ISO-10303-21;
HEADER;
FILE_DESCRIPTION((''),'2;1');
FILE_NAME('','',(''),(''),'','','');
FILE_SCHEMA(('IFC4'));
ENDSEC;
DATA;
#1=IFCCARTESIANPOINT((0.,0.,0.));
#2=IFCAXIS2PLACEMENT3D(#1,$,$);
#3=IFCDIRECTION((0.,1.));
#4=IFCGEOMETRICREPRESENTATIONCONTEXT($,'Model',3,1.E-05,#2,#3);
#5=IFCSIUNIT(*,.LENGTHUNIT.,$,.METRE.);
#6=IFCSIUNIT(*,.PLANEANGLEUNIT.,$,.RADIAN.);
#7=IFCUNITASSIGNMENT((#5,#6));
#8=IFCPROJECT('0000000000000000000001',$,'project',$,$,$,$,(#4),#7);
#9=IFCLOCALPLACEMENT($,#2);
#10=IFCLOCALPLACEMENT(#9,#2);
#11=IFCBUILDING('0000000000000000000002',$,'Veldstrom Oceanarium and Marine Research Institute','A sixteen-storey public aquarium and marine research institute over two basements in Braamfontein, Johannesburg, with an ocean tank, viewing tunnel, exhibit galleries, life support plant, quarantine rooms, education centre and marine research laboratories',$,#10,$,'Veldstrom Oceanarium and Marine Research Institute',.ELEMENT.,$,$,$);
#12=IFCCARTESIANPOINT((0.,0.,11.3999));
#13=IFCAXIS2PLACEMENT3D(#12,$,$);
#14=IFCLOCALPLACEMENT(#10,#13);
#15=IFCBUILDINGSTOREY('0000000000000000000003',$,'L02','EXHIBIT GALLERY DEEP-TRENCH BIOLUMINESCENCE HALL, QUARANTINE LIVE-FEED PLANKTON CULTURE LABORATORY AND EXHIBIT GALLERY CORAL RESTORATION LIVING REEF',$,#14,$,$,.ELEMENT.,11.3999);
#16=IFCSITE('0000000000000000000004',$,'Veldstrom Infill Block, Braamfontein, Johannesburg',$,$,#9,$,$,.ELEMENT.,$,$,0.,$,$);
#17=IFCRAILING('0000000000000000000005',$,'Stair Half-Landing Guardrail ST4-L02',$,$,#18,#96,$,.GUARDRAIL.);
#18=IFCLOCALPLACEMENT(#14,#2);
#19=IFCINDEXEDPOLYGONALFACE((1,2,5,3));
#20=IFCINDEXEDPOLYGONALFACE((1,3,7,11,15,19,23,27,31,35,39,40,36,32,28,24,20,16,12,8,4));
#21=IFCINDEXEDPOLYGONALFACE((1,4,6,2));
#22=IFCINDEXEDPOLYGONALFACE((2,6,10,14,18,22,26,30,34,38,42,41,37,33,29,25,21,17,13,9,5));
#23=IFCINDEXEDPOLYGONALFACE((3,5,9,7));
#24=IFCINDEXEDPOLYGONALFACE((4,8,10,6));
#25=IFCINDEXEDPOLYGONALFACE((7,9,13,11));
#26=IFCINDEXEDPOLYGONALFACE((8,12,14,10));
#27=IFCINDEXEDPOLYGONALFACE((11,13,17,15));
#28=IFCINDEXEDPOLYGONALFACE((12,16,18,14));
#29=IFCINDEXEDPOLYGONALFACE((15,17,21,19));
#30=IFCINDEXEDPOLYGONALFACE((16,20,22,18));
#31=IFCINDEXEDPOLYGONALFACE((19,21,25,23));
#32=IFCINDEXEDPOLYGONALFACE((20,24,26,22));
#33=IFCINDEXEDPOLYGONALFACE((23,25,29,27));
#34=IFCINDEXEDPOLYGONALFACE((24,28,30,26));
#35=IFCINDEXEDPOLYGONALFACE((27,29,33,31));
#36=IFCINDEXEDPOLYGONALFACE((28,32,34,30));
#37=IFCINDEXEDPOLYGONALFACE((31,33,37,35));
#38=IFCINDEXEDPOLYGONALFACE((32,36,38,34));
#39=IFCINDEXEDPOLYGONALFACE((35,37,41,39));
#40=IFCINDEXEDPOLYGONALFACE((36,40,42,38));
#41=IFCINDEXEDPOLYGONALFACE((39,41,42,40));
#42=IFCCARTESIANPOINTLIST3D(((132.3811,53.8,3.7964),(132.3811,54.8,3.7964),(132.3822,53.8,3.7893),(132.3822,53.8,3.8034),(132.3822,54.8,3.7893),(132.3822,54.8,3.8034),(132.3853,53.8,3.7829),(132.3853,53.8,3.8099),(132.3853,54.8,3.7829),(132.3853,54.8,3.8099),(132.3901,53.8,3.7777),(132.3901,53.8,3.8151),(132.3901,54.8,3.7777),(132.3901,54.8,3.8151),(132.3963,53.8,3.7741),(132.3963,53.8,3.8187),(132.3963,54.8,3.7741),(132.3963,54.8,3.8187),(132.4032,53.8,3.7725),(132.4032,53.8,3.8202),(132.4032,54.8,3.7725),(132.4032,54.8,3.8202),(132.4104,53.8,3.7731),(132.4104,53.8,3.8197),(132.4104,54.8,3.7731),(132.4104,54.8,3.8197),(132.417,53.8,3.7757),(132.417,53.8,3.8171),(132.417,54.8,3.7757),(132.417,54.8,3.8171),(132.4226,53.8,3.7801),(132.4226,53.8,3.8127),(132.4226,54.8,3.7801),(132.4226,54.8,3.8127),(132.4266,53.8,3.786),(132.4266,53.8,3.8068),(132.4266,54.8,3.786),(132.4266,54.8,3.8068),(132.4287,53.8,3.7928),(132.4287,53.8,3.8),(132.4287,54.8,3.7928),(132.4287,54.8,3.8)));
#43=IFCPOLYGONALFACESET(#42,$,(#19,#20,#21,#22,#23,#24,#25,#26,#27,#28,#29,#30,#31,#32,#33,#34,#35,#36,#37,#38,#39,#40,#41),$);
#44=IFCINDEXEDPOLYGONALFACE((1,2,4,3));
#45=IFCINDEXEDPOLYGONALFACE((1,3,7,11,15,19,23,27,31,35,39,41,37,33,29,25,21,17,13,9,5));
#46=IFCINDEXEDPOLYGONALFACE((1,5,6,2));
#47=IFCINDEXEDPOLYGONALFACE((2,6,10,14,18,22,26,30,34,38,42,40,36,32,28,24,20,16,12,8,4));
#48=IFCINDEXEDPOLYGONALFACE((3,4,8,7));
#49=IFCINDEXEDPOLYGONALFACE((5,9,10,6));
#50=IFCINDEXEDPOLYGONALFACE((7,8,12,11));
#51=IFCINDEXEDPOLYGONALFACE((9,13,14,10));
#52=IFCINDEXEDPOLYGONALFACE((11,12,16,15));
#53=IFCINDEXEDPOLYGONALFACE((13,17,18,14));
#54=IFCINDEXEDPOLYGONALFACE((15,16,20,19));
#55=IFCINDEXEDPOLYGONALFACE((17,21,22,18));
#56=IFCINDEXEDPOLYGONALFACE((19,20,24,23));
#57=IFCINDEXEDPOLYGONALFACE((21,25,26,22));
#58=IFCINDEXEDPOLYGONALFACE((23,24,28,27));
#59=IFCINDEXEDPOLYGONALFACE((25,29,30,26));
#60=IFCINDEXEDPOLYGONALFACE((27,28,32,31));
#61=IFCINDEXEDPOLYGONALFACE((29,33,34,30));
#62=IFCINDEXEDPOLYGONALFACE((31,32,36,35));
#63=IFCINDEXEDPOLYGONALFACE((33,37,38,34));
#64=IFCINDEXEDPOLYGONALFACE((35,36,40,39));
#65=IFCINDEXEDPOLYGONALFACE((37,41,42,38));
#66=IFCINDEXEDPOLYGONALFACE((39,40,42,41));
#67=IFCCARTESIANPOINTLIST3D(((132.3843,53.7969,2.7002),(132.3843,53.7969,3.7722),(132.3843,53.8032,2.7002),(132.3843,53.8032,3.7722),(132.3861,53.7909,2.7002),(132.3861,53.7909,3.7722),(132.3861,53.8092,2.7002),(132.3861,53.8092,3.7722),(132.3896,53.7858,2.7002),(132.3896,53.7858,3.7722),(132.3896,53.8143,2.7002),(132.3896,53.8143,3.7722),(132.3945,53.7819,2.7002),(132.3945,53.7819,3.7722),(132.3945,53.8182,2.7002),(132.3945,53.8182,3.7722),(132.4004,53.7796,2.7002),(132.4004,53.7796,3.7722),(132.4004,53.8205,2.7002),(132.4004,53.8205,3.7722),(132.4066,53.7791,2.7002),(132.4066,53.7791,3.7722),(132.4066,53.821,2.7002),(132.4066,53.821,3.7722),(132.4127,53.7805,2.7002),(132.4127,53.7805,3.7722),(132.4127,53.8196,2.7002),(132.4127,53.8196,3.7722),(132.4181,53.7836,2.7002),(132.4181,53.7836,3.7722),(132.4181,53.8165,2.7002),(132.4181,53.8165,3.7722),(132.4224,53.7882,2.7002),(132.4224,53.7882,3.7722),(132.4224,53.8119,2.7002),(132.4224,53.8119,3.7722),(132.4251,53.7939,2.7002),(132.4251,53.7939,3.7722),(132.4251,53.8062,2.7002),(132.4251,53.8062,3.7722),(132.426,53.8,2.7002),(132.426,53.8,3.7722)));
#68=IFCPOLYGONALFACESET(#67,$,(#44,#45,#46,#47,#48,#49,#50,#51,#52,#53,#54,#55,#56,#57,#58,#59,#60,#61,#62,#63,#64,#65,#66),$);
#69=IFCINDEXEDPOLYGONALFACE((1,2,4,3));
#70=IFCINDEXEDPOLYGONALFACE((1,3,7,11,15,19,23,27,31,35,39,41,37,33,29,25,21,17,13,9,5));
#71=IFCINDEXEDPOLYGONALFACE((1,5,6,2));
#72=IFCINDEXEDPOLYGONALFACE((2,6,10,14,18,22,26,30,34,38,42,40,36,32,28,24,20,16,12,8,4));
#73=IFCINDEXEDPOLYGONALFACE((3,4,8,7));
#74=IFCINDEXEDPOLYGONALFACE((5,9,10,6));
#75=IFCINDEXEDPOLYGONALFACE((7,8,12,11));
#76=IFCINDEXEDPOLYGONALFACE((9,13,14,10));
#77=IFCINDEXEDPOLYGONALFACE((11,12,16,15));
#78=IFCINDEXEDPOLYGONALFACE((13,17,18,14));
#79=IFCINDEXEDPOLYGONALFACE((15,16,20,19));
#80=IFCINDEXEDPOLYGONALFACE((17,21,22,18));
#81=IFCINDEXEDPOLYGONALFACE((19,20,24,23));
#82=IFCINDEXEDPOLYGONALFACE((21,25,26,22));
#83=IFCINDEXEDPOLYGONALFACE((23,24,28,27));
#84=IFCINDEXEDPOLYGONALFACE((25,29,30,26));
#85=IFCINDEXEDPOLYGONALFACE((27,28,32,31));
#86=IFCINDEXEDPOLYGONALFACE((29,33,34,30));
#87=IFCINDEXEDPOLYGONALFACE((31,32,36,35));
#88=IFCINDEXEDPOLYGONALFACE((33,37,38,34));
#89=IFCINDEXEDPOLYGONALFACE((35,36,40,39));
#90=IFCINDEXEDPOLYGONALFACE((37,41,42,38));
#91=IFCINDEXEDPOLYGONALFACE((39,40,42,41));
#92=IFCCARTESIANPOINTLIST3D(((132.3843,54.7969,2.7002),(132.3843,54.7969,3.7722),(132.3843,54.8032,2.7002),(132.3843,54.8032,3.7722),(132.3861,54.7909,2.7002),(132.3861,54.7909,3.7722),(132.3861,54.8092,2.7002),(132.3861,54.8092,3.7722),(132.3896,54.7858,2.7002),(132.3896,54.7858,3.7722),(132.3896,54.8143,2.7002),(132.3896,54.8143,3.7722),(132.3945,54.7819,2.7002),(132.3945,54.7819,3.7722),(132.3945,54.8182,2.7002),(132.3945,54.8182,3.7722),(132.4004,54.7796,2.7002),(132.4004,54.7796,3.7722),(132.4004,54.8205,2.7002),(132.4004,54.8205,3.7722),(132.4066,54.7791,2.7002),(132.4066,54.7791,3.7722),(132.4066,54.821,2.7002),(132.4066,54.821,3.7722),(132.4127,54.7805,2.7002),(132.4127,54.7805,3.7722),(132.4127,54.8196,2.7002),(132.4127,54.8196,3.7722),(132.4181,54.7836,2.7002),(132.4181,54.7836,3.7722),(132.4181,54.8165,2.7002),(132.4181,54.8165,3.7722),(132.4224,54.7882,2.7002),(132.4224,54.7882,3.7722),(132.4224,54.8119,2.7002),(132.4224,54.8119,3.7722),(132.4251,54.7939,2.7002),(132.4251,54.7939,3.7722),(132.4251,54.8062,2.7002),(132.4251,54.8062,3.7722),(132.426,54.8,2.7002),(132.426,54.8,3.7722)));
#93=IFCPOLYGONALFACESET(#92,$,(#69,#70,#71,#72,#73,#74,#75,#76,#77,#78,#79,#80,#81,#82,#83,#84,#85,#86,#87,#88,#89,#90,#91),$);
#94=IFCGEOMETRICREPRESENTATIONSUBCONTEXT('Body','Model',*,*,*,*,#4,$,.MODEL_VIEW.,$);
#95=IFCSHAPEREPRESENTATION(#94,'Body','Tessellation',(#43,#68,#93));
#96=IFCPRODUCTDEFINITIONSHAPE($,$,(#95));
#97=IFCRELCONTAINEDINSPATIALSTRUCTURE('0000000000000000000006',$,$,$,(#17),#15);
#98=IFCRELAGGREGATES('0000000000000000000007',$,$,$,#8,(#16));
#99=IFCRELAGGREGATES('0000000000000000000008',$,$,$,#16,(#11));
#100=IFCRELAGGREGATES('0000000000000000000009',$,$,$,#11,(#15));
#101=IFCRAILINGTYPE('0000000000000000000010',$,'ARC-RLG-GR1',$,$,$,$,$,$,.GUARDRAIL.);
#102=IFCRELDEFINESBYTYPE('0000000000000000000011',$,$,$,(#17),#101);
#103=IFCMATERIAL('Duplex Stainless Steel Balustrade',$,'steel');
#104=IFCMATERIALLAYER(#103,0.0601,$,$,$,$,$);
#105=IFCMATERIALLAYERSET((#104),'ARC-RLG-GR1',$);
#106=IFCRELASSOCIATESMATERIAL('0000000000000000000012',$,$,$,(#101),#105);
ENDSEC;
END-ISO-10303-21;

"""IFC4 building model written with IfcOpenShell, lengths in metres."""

from ifc_helpers import new_model, si_unit, direction, frame, origin, origin_2d, place, context, subcontext, project, spatial, circle, extrude, material, layer, layer_set, type_object, element, save


model = new_model("IFC4")

# Units and contexts
model_context = context("Model", 3, precision=1e-05, world=origin(), true_north=direction((0.0, 1.0)))
body_context = subcontext(model_context, "Body", "Model", "MODEL_VIEW")
ifc_project = project(units=[si_unit("LENGTHUNIT", "METRE"), si_unit("PLANEANGLEUNIT", "RADIAN")], contexts=[model_context])

# Site, building, storey
site_placement = place(None, origin())
site = spatial("IfcSite", under=ifc_project, at=site_placement, Name="Veldstrom Infill Block, Braamfontein, Johannesburg", CompositionType="ELEMENT", RefElevation=0.0)
building_placement = place(site_placement, origin())
building = spatial("IfcBuilding", under=site, at=building_placement, Name="Veldstrom Oceanarium and Marine Research Institute", Description="A sixteen-storey public aquarium and marine research institute over two basements in Braamfontein, Johannesburg, with an ocean tank, viewing tunnel, exhibit galleries, life support plant, quarantine rooms, education centre and marine research laboratories", LongName="Veldstrom Oceanarium and Marine Research Institute", CompositionType="ELEMENT")
storey_placement = place(building_placement, frame((0.0, 0.0, 11.3999)))
storey = spatial("IfcBuildingStorey", under=building, at=storey_placement, Name="L02", Description="EXHIBIT GALLERY DEEP-TRENCH BIOLUMINESCENCE HALL, QUARANTINE LIVE-FEED PLANKTON CULTURE LABORATORY AND EXHIBIT GALLERY CORAL RESTORATION LIVING REEF", CompositionType="ELEMENT", Elevation=11.3999)

# Railing
ifc_material_1 = material(Name="Duplex Stainless Steel Balustrade", Category="steel")
ifc_layer_1 = layer(ifc_material_1, 0.0601)
ifc_layer_set_1 = layer_set([ifc_layer_1], Name="ARC-RLG-GR1")
railing_type_1 = type_object("IfcRailingType", Name="ARC-RLG-GR1", PredefinedType="GUARDRAIL", material=ifc_layer_set_1)
railing_1_placement = place(storey_placement, frame((132.405, 53.8, 2.7002)))
element("IfcRailing", 1, at=railing_1_placement, inside=storey, type_object=railing_type_1, Name="Stair Half-Landing Guardrail ST4-L02", PredefinedType="GUARDRAIL", context=body_context, shape_type="SweptSolid", body=[
    extrude(circle(Radius=0.0239, at=origin_2d()), frame((0.0, 0.0, 1.0962), z_axis=(0.0, 1.0, 0.0), x_axis=(-1.0, 0.0, 0.0)), (0.0, 0.0, 1.0), 1.0),
    extrude(circle(Radius=0.021, at=origin_2d()), origin(), (0.0, 0.0, 1.0), 1.072),
    extrude(circle(Radius=0.021, at=origin_2d()), frame((0.0, 1.0, 0.0)), (0.0, 0.0, 1.0), 1.072),
])

save(model, "model.ifc")
